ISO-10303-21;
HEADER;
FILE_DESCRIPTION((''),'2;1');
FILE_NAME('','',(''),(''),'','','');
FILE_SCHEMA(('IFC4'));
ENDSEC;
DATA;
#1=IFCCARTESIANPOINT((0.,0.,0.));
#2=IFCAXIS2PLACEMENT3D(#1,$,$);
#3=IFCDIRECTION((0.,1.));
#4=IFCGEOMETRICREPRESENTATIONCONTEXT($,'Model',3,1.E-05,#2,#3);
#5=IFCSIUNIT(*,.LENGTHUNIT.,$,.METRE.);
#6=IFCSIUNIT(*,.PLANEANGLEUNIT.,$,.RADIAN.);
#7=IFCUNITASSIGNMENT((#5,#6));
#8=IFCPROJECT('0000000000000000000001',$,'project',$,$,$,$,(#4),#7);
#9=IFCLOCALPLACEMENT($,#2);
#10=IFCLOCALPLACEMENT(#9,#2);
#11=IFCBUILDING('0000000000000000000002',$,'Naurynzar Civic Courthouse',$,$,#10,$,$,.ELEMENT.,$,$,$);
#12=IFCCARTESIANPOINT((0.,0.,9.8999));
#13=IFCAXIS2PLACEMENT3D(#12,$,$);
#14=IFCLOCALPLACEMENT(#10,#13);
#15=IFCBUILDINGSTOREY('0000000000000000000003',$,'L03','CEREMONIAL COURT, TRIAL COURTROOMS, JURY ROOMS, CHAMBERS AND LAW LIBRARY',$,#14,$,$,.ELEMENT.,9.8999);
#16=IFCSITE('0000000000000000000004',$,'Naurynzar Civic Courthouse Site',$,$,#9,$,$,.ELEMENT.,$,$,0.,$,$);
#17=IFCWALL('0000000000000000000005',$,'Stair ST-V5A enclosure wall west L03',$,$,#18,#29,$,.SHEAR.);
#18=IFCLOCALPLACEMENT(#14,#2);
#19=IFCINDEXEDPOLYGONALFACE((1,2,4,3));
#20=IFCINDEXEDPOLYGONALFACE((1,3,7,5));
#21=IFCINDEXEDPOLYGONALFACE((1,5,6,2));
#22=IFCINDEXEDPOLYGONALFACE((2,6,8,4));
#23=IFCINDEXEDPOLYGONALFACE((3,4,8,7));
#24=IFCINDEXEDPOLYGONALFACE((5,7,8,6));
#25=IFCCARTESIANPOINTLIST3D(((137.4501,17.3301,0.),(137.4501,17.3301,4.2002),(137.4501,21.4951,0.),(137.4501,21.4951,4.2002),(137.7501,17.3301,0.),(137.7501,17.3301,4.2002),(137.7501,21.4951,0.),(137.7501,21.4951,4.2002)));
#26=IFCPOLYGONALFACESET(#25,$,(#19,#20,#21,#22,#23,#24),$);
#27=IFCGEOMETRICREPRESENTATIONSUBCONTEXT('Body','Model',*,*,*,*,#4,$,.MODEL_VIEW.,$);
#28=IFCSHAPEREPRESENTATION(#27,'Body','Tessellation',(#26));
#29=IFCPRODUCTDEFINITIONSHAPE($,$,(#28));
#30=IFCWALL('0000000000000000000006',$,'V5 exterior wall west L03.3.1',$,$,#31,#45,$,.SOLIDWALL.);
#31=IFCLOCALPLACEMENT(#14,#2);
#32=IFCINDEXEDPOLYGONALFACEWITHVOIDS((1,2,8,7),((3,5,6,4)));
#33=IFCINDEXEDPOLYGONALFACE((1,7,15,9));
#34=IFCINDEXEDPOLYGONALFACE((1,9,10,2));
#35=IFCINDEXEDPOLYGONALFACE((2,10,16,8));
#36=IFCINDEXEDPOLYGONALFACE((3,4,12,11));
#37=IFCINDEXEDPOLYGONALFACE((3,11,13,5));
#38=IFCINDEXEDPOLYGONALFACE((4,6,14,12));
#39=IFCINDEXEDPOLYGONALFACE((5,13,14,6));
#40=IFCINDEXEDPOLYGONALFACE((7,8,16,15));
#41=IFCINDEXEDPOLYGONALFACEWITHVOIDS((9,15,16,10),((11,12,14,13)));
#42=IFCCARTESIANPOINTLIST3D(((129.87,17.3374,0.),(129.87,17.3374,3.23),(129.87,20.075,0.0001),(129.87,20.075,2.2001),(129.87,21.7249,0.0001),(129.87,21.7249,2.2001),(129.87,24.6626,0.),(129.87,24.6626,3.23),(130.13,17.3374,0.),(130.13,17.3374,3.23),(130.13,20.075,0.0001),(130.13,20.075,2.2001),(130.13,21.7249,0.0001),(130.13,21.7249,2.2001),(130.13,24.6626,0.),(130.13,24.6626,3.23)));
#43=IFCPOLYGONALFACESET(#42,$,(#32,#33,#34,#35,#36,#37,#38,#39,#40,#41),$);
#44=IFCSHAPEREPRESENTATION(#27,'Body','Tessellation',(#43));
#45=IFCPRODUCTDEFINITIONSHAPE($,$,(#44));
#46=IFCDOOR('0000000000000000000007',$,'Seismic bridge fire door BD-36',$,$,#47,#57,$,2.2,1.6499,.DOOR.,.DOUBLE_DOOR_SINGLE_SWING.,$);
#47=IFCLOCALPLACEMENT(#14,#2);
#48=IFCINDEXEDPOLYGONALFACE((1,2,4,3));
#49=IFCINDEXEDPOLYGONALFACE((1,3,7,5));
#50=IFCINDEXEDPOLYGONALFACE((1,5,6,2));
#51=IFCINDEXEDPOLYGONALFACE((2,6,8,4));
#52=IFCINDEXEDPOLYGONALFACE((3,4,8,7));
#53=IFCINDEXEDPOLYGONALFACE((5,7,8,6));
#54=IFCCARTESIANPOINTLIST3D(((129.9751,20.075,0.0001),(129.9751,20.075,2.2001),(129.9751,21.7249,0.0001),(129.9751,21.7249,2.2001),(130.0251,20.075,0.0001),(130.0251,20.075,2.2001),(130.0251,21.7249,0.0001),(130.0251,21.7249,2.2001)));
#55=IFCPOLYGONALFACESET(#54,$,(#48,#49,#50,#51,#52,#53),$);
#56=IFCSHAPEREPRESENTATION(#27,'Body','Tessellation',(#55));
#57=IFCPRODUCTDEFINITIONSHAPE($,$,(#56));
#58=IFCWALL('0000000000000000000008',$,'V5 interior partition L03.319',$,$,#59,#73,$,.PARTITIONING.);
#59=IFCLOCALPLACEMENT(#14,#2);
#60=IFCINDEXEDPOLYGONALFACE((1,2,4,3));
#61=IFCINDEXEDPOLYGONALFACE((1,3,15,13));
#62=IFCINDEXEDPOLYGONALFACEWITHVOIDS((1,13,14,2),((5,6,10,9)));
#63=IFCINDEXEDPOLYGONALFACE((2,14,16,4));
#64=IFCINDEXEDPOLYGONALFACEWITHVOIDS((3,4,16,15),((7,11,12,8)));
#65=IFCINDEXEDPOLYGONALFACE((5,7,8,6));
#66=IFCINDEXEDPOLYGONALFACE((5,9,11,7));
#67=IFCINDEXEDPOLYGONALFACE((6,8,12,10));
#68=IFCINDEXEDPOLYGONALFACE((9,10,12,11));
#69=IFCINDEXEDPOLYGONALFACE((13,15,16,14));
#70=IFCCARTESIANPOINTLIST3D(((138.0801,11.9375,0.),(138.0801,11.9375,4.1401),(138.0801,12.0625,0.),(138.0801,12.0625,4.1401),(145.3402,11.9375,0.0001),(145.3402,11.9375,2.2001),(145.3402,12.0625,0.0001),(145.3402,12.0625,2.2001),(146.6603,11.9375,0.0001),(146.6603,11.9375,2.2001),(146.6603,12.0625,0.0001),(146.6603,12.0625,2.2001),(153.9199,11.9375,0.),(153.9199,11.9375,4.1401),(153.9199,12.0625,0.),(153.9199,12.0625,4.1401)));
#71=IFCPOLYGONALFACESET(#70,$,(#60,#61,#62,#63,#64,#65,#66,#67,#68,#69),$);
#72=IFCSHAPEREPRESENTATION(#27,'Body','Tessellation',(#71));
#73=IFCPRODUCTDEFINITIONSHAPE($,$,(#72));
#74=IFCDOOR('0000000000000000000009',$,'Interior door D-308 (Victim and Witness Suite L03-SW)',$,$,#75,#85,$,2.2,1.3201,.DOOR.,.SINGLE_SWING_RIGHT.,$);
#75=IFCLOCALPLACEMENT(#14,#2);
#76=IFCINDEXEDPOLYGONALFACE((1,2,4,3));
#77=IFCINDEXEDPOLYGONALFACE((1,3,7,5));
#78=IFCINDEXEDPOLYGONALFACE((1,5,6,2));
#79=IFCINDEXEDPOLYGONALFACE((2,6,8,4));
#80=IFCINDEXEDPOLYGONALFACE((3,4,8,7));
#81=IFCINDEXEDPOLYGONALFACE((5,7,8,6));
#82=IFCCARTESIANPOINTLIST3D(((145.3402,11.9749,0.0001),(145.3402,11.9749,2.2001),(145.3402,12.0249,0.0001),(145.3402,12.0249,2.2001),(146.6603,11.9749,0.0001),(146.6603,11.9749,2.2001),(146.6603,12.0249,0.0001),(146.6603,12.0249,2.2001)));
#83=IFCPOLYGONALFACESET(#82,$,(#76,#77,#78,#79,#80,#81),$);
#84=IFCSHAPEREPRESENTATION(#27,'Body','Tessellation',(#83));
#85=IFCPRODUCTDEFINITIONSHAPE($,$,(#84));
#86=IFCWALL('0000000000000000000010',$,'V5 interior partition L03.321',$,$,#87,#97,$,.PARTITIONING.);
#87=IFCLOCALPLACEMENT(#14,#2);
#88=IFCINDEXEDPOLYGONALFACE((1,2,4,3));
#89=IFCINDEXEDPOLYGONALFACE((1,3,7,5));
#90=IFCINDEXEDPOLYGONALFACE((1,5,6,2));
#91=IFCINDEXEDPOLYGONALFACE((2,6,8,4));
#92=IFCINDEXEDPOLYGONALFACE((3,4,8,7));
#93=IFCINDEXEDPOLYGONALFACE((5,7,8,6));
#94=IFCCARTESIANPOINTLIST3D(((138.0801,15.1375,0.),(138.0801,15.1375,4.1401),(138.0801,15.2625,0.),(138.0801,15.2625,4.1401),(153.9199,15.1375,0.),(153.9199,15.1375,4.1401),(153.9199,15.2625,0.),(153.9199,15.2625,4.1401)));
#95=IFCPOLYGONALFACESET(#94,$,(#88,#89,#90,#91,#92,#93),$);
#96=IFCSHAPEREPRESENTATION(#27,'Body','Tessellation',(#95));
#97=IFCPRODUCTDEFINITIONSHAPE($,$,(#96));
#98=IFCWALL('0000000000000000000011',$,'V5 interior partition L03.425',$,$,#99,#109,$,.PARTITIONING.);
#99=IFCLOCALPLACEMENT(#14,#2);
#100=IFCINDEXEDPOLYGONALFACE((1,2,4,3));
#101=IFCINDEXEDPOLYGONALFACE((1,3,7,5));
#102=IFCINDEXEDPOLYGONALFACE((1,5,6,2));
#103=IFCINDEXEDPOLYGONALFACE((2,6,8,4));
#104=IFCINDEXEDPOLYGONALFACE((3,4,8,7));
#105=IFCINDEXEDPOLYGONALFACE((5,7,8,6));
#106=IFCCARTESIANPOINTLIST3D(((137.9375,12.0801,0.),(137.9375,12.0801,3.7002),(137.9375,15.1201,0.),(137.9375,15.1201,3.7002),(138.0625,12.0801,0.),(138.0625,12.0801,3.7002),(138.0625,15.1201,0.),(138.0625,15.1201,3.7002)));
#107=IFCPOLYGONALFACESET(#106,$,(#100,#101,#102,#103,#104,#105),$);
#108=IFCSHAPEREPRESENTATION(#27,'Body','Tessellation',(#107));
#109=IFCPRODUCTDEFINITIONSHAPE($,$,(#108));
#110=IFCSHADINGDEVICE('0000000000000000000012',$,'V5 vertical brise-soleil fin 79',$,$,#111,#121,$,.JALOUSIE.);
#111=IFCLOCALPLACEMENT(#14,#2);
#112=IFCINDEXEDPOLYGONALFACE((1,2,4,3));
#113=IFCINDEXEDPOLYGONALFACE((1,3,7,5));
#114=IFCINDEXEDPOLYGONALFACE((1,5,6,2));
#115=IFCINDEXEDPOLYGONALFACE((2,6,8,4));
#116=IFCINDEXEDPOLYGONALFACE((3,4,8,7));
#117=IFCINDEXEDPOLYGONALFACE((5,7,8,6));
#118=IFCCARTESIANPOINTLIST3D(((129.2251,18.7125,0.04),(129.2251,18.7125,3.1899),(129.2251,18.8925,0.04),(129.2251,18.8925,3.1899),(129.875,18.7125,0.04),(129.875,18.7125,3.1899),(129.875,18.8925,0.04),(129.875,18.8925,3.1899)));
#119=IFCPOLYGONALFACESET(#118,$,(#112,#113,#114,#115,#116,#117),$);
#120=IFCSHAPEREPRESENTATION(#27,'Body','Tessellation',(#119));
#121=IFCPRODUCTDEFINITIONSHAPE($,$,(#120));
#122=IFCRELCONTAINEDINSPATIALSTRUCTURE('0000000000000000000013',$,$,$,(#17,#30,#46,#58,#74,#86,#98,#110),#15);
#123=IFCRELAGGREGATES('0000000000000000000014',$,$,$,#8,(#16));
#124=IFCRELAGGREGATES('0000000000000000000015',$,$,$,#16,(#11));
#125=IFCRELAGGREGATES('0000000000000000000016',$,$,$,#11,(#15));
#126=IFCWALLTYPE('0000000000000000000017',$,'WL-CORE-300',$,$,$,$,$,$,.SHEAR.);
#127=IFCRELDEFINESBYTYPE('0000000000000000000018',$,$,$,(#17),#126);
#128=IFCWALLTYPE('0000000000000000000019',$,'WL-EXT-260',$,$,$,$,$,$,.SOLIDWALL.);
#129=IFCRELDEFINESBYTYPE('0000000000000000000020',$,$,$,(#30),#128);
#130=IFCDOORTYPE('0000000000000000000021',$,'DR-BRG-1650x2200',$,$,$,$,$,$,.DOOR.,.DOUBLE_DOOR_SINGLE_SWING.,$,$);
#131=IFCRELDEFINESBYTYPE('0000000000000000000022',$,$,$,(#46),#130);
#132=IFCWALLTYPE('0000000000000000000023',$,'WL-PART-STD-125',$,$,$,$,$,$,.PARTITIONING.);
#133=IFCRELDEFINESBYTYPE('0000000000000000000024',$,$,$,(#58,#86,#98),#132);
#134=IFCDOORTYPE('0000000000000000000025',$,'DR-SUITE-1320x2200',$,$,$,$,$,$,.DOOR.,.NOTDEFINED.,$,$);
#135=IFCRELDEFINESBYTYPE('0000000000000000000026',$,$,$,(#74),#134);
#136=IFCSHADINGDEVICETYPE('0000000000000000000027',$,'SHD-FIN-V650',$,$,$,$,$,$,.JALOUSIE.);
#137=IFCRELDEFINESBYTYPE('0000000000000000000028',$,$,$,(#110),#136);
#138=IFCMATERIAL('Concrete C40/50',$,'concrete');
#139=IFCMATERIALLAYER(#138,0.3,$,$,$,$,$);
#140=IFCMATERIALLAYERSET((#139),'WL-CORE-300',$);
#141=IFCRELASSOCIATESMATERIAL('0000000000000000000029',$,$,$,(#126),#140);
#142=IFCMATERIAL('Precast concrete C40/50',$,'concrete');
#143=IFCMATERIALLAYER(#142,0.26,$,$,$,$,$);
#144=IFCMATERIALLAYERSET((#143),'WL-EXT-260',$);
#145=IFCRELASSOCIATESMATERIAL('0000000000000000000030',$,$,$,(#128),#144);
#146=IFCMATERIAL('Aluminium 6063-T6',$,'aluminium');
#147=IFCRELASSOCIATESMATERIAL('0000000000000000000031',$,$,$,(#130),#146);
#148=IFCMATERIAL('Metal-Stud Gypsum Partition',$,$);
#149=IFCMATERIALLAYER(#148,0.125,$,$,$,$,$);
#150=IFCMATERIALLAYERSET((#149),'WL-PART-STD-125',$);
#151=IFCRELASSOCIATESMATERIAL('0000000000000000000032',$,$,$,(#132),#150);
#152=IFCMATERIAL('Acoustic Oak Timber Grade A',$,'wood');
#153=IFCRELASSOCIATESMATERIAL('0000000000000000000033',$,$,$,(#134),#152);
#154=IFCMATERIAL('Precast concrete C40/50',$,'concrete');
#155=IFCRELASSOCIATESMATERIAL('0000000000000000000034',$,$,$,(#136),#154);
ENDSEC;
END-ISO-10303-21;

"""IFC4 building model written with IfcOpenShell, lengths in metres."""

from ifc_helpers import new_model, si_unit, direction, frame, frame_2d, origin, origin_2d, place, context, subcontext, project, spatial, rectangle, extrude, material, layer, layer_set, type_object, element, fill, save


model = new_model("IFC4")

# Units and contexts
model_context = context("Model", 3, precision=1e-05, world=origin(), true_north=direction((0.0, 1.0)))
body_context = subcontext(model_context, "Body", "Model", "MODEL_VIEW")
ifc_project = project(units=[si_unit("LENGTHUNIT", "METRE"), si_unit("PLANEANGLEUNIT", "RADIAN")], contexts=[model_context])

# Site, building, storey
site_placement = place(None, origin())
site = spatial("IfcSite", under=ifc_project, at=site_placement, Name="Naurynzar Civic Courthouse Site", CompositionType="ELEMENT", RefElevation=0.0)
building_placement = place(site_placement, origin())
building = spatial("IfcBuilding", under=site, at=building_placement, Name="Naurynzar Civic Courthouse", CompositionType="ELEMENT")
storey_placement = place(building_placement, frame((0.0, 0.0, 9.8999)))
storey = spatial("IfcBuildingStorey", under=building, at=storey_placement, Name="L03", Description="CEREMONIAL COURT, TRIAL COURTROOMS, JURY ROOMS, CHAMBERS AND LAW LIBRARY", CompositionType="ELEMENT", Elevation=9.8999)

# Wall
ifc_material_1 = material(Name="Concrete C40/50", Category="concrete")
ifc_layer_1 = layer(ifc_material_1, 0.3)
ifc_layer_set_1 = layer_set([ifc_layer_1], Name="WL-CORE-300")
wall_type_1 = type_object("IfcWallType", Name="WL-CORE-300", PredefinedType="SHEAR", material=ifc_layer_set_1)
wall_1_placement = place(storey_placement, frame((137.6001, 21.4951, 0.0), z_axis=(0.0, 0.0, 1.0), x_axis=(0.0, -1.0, 0.0)))
element("IfcWall", 1, at=wall_1_placement, inside=storey, type_object=wall_type_1, Name="Stair ST-V5A enclosure wall west L03", PredefinedType="SHEAR", context=body_context, shape_type="SweptSolid", body=[
    extrude(rectangle(XDim=4.165, YDim=0.3, at=frame_2d((2.0825, 0.0))), origin(), (0.0, 0.0, 1.0), 4.2002),
])

# Walls, openings, doors
ifc_material_2 = material(Name="Precast concrete C40/50", Category="concrete")
ifc_layer_2 = layer(ifc_material_2, 0.26)
ifc_layer_set_2 = layer_set([ifc_layer_2], Name="WL-EXT-260")
wall_type_2 = type_object("IfcWallType", Name="WL-EXT-260", PredefinedType="SOLIDWALL", material=ifc_layer_set_2)
wall_2_placement = place(storey_placement, frame((130.0, 17.3374, 0.0), z_axis=(0.0, 0.0, 1.0), x_axis=(0.0, 1.0, 0.0)))
wall_2 = element("IfcWall", 2, at=wall_2_placement, inside=storey, type_object=wall_type_2, Name="V5 exterior wall west L03.3.1", PredefinedType="SOLIDWALL", context=body_context, shape_type="SweptSolid", body=[
    extrude(rectangle(XDim=7.3252, YDim=0.26, at=frame_2d((3.6626, 0.0))), origin(), (0.0, 0.0, 1.0), 3.23),
])
opening_1_placement = place(wall_2_placement, frame((2.7375, 0.0, 0.0)))
opening_1 = element("IfcOpeningElement", 3, at=opening_1_placement, cuts=wall_2, PredefinedType="OPENING", context=body_context, shape_type="SweptSolid", body=[
    extrude(rectangle(XDim=1.6499, YDim=2.2, at=frame_2d((0.825, 1.1001))), frame((0.0, 0.1399, 0.0), z_axis=(0.0, -1.0, 0.0), x_axis=(1.0, 0.0, 0.0)), (0.0, 0.0, 1.0), 0.28),
])
ifc_material_3 = material(Name="Aluminium 6063-T6", Category="aluminium")
door_type_1 = type_object("IfcDoorType", Name="DR-BRG-1650x2200", OperationType="DOUBLE_DOOR_SINGLE_SWING", PredefinedType="DOOR", material=ifc_material_3)
door_1_placement = place(opening_1_placement, origin())
door_1 = element("IfcDoor", 4, at=door_1_placement, inside=storey, type_object=door_type_1, Name="Seismic bridge fire door BD-36", OperationType="DOUBLE_DOOR_SINGLE_SWING", OverallHeight=2.2, OverallWidth=1.6499, PredefinedType="DOOR", context=body_context, shape_type="SweptSolid", body=[
    extrude(rectangle(XDim=1.6499, YDim=2.2, at=frame_2d((0.825, 1.1001))), frame((0.0, 0.0249, 0.0), z_axis=(0.0, -1.0, 0.0), x_axis=(1.0, 0.0, 0.0)), (0.0, 0.0, 1.0), 0.05),
])
fill(opening_1, door_1)
ifc_material_4 = material(Name="Metal-Stud Gypsum Partition")
ifc_layer_3 = layer(ifc_material_4, 0.125)
ifc_layer_set_3 = layer_set([ifc_layer_3], Name="WL-PART-STD-125")
wall_type_3 = type_object("IfcWallType", Name="WL-PART-STD-125", PredefinedType="PARTITIONING", material=ifc_layer_set_3)
wall_3_placement = place(storey_placement, frame((138.0801, 12.0, 0.0), z_axis=(0.0, 0.0, 1.0), x_axis=(1.0, 0.0, 0.0)))
wall_3 = element("IfcWall", 5, at=wall_3_placement, inside=storey, type_object=wall_type_3, Name="V5 interior partition L03.319", PredefinedType="PARTITIONING", context=body_context, shape_type="SweptSolid", body=[
    extrude(rectangle(XDim=15.8398, YDim=0.125, at=frame_2d((7.9199, 0.0))), origin(), (0.0, 0.0, 1.0), 4.1401),
])
opening_2_placement = place(wall_3_placement, frame((7.26, 0.0, 0.0)))
opening_2 = element("IfcOpeningElement", 6, at=opening_2_placement, cuts=wall_3, PredefinedType="OPENING", context=body_context, shape_type="SweptSolid", body=[
    extrude(rectangle(XDim=1.3201, YDim=2.2, at=frame_2d((0.6602, 1.1001))), frame((0.0, 0.0725, 0.0), z_axis=(0.0, -1.0, 0.0), x_axis=(1.0, 0.0, 0.0)), (0.0, 0.0, 1.0), 0.145),
])
ifc_material_5 = material(Name="Acoustic Oak Timber Grade A", Category="wood")
door_type_2 = type_object("IfcDoorType", Name="DR-SUITE-1320x2200", OperationType="NOTDEFINED", PredefinedType="DOOR", material=ifc_material_5)
door_2_placement = place(opening_2_placement, origin())
door_2 = element("IfcDoor", 7, at=door_2_placement, inside=storey, type_object=door_type_2, Name="Interior door D-308 (Victim and Witness Suite L03-SW)", OperationType="SINGLE_SWING_RIGHT", OverallHeight=2.2, OverallWidth=1.3201, PredefinedType="DOOR", context=body_context, shape_type="SweptSolid", body=[
    extrude(rectangle(XDim=1.3201, YDim=2.2, at=frame_2d((0.6602, 1.1001))), frame((0.0, 0.0249, 0.0), z_axis=(0.0, -1.0, 0.0), x_axis=(1.0, 0.0, 0.0)), (0.0, 0.0, 1.0), 0.05),
])
fill(opening_2, door_2)

# Walls
wall_4_placement = place(storey_placement, frame((138.0801, 15.2, 0.0), z_axis=(0.0, 0.0, 1.0), x_axis=(1.0, 0.0, 0.0)))
element("IfcWall", 8, at=wall_4_placement, inside=storey, type_object=wall_type_3, Name="V5 interior partition L03.321", PredefinedType="PARTITIONING", context=body_context, shape_type="SweptSolid", body=[
    extrude(rectangle(XDim=15.8398, YDim=0.125, at=frame_2d((7.9199, 0.0))), origin(), (0.0, 0.0, 1.0), 4.1401),
])
wall_5_placement = place(storey_placement, frame((138.0, 12.0801, 0.0), z_axis=(0.0, 0.0, 1.0), x_axis=(0.0, 1.0, 0.0)))
element("IfcWall", 9, at=wall_5_placement, inside=storey, type_object=wall_type_3, Name="V5 interior partition L03.425", PredefinedType="PARTITIONING", context=body_context, shape_type="SweptSolid", body=[
    extrude(rectangle(XDim=3.04, YDim=0.125, at=frame_2d((1.52, 0.0))), origin(), (0.0, 0.0, 1.0), 3.7002),
])

# Shading device
ifc_material_6 = material(Name="Precast concrete C40/50", Category="concrete")
shading_device_type = type_object("IfcShadingDeviceType", Name="SHD-FIN-V650", PredefinedType="JALOUSIE", material=ifc_material_6)
shading_device_placement = place(storey_placement, frame((129.55, 18.8025, 0.04), z_axis=(0.0, 0.0, 1.0), x_axis=(0.0, 1.0, 0.0)))
element("IfcShadingDevice", 10, at=shading_device_placement, inside=storey, type_object=shading_device_type, Name="V5 vertical brise-soleil fin 79", PredefinedType="JALOUSIE", context=body_context, shape_type="SweptSolid", body=[
    extrude(rectangle(XDim=0.1799, YDim=0.6499, at=origin_2d()), origin(), (0.0, 0.0, 1.0), 3.1499),
])

save(model, "model.ifc")
